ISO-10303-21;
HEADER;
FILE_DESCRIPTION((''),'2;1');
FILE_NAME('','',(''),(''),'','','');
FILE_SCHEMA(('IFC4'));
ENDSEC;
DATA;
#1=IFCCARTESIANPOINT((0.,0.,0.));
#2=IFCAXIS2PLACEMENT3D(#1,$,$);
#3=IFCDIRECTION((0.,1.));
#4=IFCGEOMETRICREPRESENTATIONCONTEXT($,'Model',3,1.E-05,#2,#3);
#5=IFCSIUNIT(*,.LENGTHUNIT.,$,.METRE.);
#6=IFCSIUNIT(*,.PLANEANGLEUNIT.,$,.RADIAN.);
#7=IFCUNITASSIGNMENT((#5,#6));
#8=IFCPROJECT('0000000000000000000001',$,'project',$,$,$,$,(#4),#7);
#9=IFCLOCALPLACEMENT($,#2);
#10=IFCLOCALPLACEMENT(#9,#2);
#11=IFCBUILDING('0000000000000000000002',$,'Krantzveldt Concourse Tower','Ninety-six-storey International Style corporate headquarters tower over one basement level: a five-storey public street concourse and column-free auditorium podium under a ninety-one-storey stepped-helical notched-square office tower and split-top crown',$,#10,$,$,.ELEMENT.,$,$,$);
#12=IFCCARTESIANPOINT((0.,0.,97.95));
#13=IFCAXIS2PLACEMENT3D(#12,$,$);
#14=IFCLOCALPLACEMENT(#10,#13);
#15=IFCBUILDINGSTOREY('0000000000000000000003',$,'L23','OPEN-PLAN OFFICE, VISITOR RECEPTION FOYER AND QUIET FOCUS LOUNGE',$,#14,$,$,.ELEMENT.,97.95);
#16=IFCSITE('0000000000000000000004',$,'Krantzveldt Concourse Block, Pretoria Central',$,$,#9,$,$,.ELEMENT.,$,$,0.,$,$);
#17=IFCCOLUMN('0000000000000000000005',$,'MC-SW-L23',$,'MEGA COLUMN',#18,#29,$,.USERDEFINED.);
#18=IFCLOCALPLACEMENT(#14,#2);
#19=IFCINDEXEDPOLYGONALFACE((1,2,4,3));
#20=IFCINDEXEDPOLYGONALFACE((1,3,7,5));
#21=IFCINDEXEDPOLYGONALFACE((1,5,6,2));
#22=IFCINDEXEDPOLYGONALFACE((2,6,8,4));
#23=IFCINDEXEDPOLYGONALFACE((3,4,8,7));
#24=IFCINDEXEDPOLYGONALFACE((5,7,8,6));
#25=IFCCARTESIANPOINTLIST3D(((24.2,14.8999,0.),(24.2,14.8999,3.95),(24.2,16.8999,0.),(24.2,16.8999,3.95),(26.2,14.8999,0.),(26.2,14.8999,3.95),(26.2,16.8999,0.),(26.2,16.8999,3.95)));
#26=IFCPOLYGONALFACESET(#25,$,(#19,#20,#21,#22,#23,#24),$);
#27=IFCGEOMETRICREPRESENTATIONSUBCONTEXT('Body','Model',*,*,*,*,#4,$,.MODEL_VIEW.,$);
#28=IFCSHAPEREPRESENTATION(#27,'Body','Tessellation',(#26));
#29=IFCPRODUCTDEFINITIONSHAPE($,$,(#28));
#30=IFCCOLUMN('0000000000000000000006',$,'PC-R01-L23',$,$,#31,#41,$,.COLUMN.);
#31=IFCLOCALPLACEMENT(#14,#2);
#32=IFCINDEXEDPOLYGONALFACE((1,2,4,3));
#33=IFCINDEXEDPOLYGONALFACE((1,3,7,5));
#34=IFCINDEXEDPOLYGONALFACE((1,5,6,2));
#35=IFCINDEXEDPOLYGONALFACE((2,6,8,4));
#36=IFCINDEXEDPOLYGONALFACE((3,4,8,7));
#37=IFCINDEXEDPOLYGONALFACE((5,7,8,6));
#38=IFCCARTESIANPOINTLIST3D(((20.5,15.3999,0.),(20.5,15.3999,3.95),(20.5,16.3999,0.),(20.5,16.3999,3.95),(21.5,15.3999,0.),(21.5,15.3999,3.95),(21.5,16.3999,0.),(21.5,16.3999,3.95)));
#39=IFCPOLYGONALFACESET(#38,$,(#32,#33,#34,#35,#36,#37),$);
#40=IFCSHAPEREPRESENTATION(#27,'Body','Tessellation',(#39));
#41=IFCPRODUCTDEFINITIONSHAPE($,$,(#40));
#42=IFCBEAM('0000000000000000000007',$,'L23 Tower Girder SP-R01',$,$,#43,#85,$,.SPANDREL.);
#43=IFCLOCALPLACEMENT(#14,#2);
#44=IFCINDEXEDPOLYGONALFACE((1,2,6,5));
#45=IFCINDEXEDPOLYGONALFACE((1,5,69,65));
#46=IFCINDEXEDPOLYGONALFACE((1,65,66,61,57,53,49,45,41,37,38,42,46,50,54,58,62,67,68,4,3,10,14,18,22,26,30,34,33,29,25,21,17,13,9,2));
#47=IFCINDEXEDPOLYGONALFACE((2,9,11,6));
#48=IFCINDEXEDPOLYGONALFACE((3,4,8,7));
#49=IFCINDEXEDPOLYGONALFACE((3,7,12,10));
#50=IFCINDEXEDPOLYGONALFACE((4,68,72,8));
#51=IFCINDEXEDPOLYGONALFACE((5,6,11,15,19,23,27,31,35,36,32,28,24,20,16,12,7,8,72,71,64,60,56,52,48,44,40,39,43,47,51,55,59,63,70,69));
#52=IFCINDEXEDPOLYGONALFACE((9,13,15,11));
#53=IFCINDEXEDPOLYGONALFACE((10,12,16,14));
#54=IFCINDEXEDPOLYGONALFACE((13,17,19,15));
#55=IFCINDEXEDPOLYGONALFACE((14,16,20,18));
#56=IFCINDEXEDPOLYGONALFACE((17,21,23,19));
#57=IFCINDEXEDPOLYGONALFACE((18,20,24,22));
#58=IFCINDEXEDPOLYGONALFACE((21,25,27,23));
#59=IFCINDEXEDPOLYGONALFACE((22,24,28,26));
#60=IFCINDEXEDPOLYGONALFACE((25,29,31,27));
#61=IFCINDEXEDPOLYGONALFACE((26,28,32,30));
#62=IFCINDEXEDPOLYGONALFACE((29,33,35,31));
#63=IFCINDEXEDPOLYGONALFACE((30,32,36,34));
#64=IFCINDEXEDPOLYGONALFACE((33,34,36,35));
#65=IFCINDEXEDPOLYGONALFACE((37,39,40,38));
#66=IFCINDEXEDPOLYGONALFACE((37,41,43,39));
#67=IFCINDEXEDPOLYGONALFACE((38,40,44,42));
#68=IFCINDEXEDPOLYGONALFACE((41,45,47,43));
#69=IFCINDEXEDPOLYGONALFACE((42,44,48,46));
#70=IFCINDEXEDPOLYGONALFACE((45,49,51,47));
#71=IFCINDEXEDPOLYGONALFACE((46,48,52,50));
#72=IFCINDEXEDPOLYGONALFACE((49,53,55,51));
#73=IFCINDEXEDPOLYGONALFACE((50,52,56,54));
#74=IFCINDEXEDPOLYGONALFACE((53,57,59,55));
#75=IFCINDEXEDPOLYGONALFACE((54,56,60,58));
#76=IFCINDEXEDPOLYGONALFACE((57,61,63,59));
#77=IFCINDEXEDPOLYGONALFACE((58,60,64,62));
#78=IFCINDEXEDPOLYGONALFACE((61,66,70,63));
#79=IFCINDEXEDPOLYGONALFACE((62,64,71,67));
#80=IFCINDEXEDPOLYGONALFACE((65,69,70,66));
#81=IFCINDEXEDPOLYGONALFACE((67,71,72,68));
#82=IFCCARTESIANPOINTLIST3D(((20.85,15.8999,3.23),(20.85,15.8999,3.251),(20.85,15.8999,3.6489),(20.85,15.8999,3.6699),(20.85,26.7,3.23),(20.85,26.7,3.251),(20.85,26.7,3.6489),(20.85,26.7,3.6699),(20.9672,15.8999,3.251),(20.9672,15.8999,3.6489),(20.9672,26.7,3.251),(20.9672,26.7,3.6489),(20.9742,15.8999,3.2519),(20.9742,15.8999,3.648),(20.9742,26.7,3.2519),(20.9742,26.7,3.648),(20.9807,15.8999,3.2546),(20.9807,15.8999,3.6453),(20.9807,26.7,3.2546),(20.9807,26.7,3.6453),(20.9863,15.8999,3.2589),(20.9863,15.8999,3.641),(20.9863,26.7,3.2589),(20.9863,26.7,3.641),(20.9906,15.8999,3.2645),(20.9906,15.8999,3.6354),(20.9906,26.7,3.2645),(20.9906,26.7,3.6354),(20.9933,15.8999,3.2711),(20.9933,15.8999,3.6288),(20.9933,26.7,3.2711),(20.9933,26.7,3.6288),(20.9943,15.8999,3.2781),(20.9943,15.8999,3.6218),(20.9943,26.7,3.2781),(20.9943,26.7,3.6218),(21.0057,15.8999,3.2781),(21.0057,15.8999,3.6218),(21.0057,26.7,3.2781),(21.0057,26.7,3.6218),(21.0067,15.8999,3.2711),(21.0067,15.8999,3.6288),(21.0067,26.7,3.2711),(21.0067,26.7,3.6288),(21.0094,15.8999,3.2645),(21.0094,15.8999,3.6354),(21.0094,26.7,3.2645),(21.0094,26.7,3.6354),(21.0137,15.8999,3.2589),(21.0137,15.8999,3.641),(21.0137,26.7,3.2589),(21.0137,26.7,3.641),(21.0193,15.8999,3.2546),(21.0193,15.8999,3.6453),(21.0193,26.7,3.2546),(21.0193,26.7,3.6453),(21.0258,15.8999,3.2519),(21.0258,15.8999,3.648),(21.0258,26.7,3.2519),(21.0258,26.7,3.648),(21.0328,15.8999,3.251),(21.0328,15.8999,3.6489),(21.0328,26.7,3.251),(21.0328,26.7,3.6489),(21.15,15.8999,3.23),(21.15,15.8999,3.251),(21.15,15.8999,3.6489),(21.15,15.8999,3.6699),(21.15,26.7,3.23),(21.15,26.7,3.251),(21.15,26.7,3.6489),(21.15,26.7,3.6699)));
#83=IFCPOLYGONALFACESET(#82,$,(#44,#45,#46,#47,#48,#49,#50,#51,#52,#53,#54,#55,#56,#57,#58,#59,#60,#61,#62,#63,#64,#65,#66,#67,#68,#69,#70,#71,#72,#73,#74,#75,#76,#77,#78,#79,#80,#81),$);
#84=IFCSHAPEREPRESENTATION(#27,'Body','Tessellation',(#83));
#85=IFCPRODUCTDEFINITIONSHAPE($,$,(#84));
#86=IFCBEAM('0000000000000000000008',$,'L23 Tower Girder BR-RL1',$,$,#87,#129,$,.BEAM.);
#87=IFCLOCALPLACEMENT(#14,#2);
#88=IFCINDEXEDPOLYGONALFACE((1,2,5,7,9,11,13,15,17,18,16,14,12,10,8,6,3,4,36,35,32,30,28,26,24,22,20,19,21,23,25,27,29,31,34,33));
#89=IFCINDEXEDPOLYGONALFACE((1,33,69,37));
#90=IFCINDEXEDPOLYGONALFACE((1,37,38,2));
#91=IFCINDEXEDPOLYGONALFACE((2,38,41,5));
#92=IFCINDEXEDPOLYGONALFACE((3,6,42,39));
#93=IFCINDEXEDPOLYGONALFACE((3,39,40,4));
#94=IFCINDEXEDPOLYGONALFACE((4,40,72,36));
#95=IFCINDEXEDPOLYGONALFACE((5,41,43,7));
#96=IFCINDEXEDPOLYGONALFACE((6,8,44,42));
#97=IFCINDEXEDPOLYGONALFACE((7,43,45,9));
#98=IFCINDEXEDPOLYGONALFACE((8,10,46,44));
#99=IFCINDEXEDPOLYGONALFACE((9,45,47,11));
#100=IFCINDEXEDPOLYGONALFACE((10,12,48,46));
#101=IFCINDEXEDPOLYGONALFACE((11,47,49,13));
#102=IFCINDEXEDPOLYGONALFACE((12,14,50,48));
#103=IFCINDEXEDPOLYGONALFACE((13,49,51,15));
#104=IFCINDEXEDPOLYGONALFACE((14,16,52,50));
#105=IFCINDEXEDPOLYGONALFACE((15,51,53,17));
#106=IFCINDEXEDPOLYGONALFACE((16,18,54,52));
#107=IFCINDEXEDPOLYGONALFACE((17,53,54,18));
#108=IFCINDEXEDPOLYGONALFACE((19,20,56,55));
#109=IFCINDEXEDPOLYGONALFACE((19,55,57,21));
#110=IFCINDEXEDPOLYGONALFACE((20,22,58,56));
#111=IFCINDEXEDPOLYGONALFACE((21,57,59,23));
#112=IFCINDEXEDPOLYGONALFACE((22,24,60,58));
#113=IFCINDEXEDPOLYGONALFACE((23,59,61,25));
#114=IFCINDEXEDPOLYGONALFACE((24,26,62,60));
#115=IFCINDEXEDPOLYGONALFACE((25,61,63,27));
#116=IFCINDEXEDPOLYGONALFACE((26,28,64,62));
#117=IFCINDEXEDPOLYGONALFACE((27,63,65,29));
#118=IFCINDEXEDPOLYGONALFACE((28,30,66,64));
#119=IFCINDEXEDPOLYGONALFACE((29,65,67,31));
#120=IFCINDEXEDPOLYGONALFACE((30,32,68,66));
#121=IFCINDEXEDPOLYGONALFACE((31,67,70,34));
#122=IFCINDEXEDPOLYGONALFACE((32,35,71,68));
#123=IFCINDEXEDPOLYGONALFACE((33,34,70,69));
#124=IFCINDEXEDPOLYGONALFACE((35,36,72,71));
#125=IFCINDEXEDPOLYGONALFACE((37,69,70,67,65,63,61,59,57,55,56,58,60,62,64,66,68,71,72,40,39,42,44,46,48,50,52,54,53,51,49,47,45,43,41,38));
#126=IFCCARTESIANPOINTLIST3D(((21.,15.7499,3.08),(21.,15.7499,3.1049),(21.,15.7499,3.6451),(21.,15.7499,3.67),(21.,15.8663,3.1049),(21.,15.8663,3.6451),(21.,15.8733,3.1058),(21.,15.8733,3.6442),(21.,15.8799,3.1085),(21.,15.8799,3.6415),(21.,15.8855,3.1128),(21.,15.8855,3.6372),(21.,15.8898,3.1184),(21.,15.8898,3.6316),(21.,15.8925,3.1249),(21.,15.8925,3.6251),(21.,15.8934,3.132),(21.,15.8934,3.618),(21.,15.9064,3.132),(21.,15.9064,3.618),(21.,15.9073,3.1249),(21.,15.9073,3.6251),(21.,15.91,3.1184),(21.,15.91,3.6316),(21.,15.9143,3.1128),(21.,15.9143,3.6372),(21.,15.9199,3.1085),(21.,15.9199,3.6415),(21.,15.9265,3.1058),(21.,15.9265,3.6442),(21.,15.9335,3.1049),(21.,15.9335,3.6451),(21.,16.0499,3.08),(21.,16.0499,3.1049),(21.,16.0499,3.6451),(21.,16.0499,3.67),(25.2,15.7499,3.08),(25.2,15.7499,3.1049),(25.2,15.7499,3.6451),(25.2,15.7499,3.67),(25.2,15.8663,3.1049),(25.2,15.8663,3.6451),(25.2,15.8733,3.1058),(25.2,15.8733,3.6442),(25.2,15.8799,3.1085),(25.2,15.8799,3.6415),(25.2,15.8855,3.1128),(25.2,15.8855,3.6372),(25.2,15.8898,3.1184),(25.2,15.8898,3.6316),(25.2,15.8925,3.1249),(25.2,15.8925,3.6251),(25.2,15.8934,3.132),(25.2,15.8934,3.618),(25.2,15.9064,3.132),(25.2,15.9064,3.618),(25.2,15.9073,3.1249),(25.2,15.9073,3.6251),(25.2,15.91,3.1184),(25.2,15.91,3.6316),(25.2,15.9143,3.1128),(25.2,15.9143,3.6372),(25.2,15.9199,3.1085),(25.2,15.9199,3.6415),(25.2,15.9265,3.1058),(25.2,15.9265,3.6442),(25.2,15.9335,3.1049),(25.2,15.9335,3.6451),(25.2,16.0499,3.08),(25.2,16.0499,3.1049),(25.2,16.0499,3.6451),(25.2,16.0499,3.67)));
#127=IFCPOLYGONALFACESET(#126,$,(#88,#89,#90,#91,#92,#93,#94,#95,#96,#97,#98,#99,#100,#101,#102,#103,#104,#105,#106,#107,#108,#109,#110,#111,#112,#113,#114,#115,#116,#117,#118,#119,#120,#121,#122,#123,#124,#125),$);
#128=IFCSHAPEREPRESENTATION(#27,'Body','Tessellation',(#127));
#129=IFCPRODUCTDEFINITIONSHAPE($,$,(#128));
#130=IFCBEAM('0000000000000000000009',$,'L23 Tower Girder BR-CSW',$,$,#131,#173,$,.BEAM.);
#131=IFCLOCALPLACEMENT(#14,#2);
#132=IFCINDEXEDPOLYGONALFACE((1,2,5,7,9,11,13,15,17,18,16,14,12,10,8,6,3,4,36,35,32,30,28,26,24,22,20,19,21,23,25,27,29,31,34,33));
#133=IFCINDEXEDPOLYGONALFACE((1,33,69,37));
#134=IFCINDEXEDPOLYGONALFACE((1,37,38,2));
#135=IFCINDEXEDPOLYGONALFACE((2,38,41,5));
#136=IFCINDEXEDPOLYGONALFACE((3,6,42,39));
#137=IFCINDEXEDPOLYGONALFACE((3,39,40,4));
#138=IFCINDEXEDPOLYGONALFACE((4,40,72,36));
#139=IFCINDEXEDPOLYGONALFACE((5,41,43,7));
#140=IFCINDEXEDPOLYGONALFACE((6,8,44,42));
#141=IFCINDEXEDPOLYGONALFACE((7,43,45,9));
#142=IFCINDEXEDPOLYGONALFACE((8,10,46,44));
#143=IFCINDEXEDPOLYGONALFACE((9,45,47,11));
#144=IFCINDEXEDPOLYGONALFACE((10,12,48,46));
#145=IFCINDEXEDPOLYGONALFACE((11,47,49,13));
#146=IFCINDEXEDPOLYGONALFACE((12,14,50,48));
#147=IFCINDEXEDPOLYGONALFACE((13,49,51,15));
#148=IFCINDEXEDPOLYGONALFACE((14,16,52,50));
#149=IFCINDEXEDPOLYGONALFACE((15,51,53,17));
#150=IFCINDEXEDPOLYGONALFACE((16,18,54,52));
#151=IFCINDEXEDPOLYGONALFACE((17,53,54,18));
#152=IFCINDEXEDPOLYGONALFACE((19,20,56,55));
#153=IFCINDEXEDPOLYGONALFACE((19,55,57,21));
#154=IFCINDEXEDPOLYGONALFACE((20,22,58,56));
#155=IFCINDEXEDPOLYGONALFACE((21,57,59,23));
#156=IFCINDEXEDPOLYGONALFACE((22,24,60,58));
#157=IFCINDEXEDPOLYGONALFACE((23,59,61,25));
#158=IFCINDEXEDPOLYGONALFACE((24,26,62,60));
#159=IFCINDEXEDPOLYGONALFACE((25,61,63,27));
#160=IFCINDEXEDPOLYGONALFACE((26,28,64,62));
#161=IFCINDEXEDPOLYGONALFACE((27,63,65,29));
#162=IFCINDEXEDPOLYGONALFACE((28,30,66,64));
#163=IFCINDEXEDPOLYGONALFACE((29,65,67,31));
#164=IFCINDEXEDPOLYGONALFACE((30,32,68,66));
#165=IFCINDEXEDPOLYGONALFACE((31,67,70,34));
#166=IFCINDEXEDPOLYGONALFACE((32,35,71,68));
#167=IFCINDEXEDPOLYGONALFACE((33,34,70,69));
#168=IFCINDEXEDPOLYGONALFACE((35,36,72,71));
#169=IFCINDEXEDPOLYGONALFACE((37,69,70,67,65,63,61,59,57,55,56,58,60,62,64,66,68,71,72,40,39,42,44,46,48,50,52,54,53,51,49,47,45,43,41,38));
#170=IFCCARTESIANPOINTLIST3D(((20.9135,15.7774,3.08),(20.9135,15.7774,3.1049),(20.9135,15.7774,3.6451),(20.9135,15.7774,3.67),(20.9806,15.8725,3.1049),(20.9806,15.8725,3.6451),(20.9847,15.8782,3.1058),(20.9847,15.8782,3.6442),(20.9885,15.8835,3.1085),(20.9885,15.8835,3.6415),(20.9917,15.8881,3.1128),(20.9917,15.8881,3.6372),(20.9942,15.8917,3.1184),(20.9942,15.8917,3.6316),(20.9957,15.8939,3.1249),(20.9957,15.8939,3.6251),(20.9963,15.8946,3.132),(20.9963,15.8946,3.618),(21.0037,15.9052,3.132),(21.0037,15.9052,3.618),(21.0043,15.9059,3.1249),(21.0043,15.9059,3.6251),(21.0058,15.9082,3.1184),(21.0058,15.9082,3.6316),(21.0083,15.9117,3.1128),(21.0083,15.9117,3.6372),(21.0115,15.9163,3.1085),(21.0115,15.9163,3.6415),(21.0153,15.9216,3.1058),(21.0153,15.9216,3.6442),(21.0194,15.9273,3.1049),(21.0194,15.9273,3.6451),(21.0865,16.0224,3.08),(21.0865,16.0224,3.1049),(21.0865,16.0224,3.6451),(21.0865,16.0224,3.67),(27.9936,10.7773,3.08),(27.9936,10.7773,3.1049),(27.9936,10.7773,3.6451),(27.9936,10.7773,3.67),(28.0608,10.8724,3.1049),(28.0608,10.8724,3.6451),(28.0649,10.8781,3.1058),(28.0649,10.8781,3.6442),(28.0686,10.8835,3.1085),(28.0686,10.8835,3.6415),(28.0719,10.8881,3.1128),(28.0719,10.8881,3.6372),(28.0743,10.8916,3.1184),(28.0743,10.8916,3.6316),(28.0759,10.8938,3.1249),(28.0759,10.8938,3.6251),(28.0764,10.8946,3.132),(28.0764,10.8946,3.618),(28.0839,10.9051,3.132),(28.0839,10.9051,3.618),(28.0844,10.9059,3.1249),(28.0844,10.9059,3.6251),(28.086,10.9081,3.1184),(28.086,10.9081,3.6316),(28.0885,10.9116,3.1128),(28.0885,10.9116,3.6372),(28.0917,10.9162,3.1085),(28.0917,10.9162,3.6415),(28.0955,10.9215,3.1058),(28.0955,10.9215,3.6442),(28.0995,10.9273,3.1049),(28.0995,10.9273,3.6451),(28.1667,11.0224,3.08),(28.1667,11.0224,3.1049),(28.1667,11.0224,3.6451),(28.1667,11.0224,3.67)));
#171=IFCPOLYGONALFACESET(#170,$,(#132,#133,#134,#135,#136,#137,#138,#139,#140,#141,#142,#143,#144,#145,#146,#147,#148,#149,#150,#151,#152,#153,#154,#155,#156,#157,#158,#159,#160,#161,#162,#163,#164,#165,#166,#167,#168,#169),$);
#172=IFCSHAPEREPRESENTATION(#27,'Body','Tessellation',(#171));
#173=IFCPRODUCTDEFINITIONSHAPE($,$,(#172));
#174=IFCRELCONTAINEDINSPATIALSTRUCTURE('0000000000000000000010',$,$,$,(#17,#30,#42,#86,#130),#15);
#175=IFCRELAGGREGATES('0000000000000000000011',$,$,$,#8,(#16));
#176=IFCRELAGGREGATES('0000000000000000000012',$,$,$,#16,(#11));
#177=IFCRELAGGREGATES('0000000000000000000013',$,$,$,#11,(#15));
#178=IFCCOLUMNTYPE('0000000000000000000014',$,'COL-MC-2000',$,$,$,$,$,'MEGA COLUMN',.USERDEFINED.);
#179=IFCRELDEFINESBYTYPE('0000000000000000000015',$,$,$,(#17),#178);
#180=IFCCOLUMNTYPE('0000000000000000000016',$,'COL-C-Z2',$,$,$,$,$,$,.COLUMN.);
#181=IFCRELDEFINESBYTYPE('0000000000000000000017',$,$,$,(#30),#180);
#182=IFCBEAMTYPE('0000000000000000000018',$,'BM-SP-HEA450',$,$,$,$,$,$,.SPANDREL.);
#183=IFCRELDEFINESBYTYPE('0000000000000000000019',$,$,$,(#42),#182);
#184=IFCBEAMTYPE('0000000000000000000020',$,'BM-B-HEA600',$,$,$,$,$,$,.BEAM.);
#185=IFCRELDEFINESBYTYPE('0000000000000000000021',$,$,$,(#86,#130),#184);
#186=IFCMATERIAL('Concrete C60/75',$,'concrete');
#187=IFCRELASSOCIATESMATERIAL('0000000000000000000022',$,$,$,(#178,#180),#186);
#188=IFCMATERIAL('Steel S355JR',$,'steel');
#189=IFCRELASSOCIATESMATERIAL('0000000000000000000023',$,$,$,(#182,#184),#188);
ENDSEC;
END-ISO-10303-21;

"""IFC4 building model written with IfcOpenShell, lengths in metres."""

from ifc_helpers import new_model, si_unit, direction, frame, origin, origin_2d, place, context, subcontext, project, spatial, rectangle, i_section, extrude, source, transform, mapped, material, material_profile, profile_set, type_object, type_shapes, element, save


model = new_model("IFC4")

# Units and contexts
model_context = context("Model", 3, precision=1e-05, world=origin(), true_north=direction((0.0, 1.0)))
body_context = subcontext(model_context, "Body", "Model", "MODEL_VIEW")
ifc_project = project(units=[si_unit("LENGTHUNIT", "METRE"), si_unit("PLANEANGLEUNIT", "RADIAN")], contexts=[model_context])

# Site, building, storey
site_placement = place(None, origin())
site = spatial("IfcSite", under=ifc_project, at=site_placement, Name="Krantzveldt Concourse Block, Pretoria Central", CompositionType="ELEMENT", RefElevation=0.0)
building_placement = place(site_placement, origin())
building = spatial("IfcBuilding", under=site, at=building_placement, Name="Krantzveldt Concourse Tower", Description="Ninety-six-storey International Style corporate headquarters tower over one basement level: a five-storey public street concourse and column-free auditorium podium under a ninety-one-storey stepped-helical notched-square office tower and split-top crown", CompositionType="ELEMENT")
storey_placement = place(building_placement, frame((0.0, 0.0, 97.95)))
storey = spatial("IfcBuildingStorey", under=building, at=storey_placement, Name="L23", Description="OPEN-PLAN OFFICE, VISITOR RECEPTION FOYER AND QUIET FOCUS LOUNGE", CompositionType="ELEMENT", Elevation=97.95)

# Columns
ifc_material_1 = material(Name="Concrete C60/75", Category="concrete")
ifc_material_profile_1 = material_profile(ifc_material_1, rectangle(XDim=2.0, YDim=2.0, at=origin_2d()), Name="Concrete C60/75", Category="concrete")
ifc_profile_set_1 = profile_set([ifc_material_profile_1], Name="Concrete C60/75 - RC 2000x2000")
column_type_1 = type_object("IfcColumnType", Name="COL-MC-2000", ElementType="MEGA COLUMN", PredefinedType="USERDEFINED", material=ifc_profile_set_1)
shared_shape_1 = source(origin(), body_context, "Body", "SweptSolid", [
    extrude(rectangle(XDim=2.0, YDim=2.0, at=origin_2d()), origin(), (0.0, 0.0, 1.0), 3.95),
])
type_shapes(column_type_1, [shared_shape_1])
column_1_placement = place(storey_placement, frame((25.2, 15.8999, 0.0), z_axis=(0.0, 0.0, 1.0), x_axis=(1.0, 0.0, 0.0)))
element("IfcColumn", 1, at=column_1_placement, inside=storey, type_object=column_type_1, Name="MC-SW-L23", ObjectType="MEGA COLUMN", PredefinedType="USERDEFINED", context=body_context, shape_type="MappedRepresentation", body=[
    mapped(shared_shape_1, transform((0.0, 0.0, 0.0), x_axis=(1.0, 0.0, 0.0), y_axis=(0.0, 1.0, 0.0), z_axis=(0.0, 0.0, 1.0), scale=1.0)),
])
ifc_material_profile_2 = material_profile(ifc_material_1, rectangle(XDim=1.0, YDim=1.0, at=origin_2d()), Name="Concrete C60/75", Category="concrete")
ifc_profile_set_2 = profile_set([ifc_material_profile_2], Name="Concrete C60/75 - RC 1000x1000")
column_type_2 = type_object("IfcColumnType", Name="COL-C-Z2", PredefinedType="COLUMN", material=ifc_profile_set_2)
shared_shape_2 = source(origin(), body_context, "Body", "SweptSolid", [
    extrude(rectangle(XDim=1.0, YDim=1.0, at=origin_2d()), origin(), (0.0, 0.0, 1.0), 3.95),
])
type_shapes(column_type_2, [shared_shape_2])
column_2_placement = place(storey_placement, frame((21.0, 15.8999, 0.0), z_axis=(0.0, 0.0, 1.0), x_axis=(1.0, 0.0, 0.0)))
element("IfcColumn", 2, at=column_2_placement, inside=storey, type_object=column_type_2, Name="PC-R01-L23", PredefinedType="COLUMN", context=body_context, shape_type="MappedRepresentation", body=[
    mapped(shared_shape_2, transform((0.0, 0.0, 0.0), x_axis=(1.0, 0.0, 0.0), y_axis=(0.0, 1.0, 0.0), z_axis=(0.0, 0.0, 1.0), scale=1.0)),
])

# Beams
ifc_material_2 = material(Name="Steel S355JR", Category="steel")
ifc_material_profile_3 = material_profile(ifc_material_2, i_section(OverallWidth=0.3, OverallDepth=0.4399, WebThickness=0.0115, FlangeThickness=0.021, FilletRadius=0.0271, at=origin_2d()), Name="Steel S355JR", Category="steel")
ifc_profile_set_3 = profile_set([ifc_material_profile_3], Name="Steel S355JR - HEA 450")
beam_type_1 = type_object("IfcBeamType", Name="BM-SP-HEA450", PredefinedType="SPANDREL", material=ifc_profile_set_3)
shared_shape_3 = source(origin(), body_context, "Body", "SweptSolid", [
    extrude(i_section(OverallWidth=0.3, OverallDepth=0.4399, WebThickness=0.0115, FlangeThickness=0.021, FilletRadius=0.0271, at=origin_2d()), origin(), (0.0, 0.0, 1.0), 10.8),
])
type_shapes(beam_type_1, [shared_shape_3])
beam_1_placement = place(storey_placement, frame((21.0, 15.8999, 3.45), z_axis=(0.0, 1.0, 0.0), x_axis=(-1.0, 0.0, 0.0)))
element("IfcBeam", 3, at=beam_1_placement, inside=storey, type_object=beam_type_1, Name="L23 Tower Girder SP-R01", PredefinedType="SPANDREL", context=body_context, shape_type="MappedRepresentation", body=[
    mapped(shared_shape_3, transform((0.0, 0.0, 0.0), x_axis=(1.0, 0.0, 0.0), y_axis=(0.0, 1.0, 0.0), z_axis=(0.0, 0.0, 1.0), scale=1.0)),
])
ifc_material_profile_4 = material_profile(ifc_material_2, i_section(OverallWidth=0.3, OverallDepth=0.5901, WebThickness=0.0129, FlangeThickness=0.0249, FilletRadius=0.0271, at=origin_2d()), Name="Steel S355JR", Category="steel")
ifc_profile_set_4 = profile_set([ifc_material_profile_4], Name="Steel S355JR - HEA 600")
beam_type_2 = type_object("IfcBeamType", Name="BM-B-HEA600", PredefinedType="BEAM", material=ifc_profile_set_4)
shared_shape_4 = source(origin(), body_context, "Body", "SweptSolid", [
    extrude(i_section(OverallWidth=0.3, OverallDepth=0.5901, WebThickness=0.0129, FlangeThickness=0.0249, FilletRadius=0.0271, at=origin_2d()), origin(), (0.0, 0.0, 1.0), 4.2),
])
beam_2_placement = place(storey_placement, frame((21.0, 15.8999, 3.375), z_axis=(1.0, 0.0, 0.0), x_axis=(0.0, 1.0, 0.0)))
element("IfcBeam", 4, at=beam_2_placement, inside=storey, type_object=beam_type_2, Name="L23 Tower Girder BR-RL1", PredefinedType="BEAM", context=body_context, shape_type="MappedRepresentation", body=[
    mapped(shared_shape_4, transform((0.0, 0.0, 0.0), x_axis=(1.0, 0.0, 0.0), y_axis=(0.0, 1.0, 0.0), z_axis=(0.0, 0.0, 1.0), scale=1.0)),
])
shared_shape_5 = source(origin(), body_context, "Body", "SweptSolid", [
    extrude(i_section(OverallWidth=0.3, OverallDepth=0.5901, WebThickness=0.0129, FlangeThickness=0.0249, FilletRadius=0.0271, at=origin_2d()), origin(), (0.0, 0.0, 1.0), 8.6677),
])
type_shapes(beam_type_2, [shared_shape_4, shared_shape_5])
beam_3_placement = place(storey_placement, frame((21.0, 15.8999, 3.375), z_axis=(0.816843, -0.57686, 0.0), x_axis=(0.57686, 0.816843, 0.0)))
element("IfcBeam", 5, at=beam_3_placement, inside=storey, type_object=beam_type_2, Name="L23 Tower Girder BR-CSW", PredefinedType="BEAM", context=body_context, shape_type="MappedRepresentation", body=[
    mapped(shared_shape_5, transform((0.0, 0.0, 0.0), x_axis=(1.0, 0.0, 0.0), y_axis=(0.0, 1.0, 0.0), z_axis=(0.0, 0.0, 1.0), scale=1.0)),
])

save(model, "model.ifc")
